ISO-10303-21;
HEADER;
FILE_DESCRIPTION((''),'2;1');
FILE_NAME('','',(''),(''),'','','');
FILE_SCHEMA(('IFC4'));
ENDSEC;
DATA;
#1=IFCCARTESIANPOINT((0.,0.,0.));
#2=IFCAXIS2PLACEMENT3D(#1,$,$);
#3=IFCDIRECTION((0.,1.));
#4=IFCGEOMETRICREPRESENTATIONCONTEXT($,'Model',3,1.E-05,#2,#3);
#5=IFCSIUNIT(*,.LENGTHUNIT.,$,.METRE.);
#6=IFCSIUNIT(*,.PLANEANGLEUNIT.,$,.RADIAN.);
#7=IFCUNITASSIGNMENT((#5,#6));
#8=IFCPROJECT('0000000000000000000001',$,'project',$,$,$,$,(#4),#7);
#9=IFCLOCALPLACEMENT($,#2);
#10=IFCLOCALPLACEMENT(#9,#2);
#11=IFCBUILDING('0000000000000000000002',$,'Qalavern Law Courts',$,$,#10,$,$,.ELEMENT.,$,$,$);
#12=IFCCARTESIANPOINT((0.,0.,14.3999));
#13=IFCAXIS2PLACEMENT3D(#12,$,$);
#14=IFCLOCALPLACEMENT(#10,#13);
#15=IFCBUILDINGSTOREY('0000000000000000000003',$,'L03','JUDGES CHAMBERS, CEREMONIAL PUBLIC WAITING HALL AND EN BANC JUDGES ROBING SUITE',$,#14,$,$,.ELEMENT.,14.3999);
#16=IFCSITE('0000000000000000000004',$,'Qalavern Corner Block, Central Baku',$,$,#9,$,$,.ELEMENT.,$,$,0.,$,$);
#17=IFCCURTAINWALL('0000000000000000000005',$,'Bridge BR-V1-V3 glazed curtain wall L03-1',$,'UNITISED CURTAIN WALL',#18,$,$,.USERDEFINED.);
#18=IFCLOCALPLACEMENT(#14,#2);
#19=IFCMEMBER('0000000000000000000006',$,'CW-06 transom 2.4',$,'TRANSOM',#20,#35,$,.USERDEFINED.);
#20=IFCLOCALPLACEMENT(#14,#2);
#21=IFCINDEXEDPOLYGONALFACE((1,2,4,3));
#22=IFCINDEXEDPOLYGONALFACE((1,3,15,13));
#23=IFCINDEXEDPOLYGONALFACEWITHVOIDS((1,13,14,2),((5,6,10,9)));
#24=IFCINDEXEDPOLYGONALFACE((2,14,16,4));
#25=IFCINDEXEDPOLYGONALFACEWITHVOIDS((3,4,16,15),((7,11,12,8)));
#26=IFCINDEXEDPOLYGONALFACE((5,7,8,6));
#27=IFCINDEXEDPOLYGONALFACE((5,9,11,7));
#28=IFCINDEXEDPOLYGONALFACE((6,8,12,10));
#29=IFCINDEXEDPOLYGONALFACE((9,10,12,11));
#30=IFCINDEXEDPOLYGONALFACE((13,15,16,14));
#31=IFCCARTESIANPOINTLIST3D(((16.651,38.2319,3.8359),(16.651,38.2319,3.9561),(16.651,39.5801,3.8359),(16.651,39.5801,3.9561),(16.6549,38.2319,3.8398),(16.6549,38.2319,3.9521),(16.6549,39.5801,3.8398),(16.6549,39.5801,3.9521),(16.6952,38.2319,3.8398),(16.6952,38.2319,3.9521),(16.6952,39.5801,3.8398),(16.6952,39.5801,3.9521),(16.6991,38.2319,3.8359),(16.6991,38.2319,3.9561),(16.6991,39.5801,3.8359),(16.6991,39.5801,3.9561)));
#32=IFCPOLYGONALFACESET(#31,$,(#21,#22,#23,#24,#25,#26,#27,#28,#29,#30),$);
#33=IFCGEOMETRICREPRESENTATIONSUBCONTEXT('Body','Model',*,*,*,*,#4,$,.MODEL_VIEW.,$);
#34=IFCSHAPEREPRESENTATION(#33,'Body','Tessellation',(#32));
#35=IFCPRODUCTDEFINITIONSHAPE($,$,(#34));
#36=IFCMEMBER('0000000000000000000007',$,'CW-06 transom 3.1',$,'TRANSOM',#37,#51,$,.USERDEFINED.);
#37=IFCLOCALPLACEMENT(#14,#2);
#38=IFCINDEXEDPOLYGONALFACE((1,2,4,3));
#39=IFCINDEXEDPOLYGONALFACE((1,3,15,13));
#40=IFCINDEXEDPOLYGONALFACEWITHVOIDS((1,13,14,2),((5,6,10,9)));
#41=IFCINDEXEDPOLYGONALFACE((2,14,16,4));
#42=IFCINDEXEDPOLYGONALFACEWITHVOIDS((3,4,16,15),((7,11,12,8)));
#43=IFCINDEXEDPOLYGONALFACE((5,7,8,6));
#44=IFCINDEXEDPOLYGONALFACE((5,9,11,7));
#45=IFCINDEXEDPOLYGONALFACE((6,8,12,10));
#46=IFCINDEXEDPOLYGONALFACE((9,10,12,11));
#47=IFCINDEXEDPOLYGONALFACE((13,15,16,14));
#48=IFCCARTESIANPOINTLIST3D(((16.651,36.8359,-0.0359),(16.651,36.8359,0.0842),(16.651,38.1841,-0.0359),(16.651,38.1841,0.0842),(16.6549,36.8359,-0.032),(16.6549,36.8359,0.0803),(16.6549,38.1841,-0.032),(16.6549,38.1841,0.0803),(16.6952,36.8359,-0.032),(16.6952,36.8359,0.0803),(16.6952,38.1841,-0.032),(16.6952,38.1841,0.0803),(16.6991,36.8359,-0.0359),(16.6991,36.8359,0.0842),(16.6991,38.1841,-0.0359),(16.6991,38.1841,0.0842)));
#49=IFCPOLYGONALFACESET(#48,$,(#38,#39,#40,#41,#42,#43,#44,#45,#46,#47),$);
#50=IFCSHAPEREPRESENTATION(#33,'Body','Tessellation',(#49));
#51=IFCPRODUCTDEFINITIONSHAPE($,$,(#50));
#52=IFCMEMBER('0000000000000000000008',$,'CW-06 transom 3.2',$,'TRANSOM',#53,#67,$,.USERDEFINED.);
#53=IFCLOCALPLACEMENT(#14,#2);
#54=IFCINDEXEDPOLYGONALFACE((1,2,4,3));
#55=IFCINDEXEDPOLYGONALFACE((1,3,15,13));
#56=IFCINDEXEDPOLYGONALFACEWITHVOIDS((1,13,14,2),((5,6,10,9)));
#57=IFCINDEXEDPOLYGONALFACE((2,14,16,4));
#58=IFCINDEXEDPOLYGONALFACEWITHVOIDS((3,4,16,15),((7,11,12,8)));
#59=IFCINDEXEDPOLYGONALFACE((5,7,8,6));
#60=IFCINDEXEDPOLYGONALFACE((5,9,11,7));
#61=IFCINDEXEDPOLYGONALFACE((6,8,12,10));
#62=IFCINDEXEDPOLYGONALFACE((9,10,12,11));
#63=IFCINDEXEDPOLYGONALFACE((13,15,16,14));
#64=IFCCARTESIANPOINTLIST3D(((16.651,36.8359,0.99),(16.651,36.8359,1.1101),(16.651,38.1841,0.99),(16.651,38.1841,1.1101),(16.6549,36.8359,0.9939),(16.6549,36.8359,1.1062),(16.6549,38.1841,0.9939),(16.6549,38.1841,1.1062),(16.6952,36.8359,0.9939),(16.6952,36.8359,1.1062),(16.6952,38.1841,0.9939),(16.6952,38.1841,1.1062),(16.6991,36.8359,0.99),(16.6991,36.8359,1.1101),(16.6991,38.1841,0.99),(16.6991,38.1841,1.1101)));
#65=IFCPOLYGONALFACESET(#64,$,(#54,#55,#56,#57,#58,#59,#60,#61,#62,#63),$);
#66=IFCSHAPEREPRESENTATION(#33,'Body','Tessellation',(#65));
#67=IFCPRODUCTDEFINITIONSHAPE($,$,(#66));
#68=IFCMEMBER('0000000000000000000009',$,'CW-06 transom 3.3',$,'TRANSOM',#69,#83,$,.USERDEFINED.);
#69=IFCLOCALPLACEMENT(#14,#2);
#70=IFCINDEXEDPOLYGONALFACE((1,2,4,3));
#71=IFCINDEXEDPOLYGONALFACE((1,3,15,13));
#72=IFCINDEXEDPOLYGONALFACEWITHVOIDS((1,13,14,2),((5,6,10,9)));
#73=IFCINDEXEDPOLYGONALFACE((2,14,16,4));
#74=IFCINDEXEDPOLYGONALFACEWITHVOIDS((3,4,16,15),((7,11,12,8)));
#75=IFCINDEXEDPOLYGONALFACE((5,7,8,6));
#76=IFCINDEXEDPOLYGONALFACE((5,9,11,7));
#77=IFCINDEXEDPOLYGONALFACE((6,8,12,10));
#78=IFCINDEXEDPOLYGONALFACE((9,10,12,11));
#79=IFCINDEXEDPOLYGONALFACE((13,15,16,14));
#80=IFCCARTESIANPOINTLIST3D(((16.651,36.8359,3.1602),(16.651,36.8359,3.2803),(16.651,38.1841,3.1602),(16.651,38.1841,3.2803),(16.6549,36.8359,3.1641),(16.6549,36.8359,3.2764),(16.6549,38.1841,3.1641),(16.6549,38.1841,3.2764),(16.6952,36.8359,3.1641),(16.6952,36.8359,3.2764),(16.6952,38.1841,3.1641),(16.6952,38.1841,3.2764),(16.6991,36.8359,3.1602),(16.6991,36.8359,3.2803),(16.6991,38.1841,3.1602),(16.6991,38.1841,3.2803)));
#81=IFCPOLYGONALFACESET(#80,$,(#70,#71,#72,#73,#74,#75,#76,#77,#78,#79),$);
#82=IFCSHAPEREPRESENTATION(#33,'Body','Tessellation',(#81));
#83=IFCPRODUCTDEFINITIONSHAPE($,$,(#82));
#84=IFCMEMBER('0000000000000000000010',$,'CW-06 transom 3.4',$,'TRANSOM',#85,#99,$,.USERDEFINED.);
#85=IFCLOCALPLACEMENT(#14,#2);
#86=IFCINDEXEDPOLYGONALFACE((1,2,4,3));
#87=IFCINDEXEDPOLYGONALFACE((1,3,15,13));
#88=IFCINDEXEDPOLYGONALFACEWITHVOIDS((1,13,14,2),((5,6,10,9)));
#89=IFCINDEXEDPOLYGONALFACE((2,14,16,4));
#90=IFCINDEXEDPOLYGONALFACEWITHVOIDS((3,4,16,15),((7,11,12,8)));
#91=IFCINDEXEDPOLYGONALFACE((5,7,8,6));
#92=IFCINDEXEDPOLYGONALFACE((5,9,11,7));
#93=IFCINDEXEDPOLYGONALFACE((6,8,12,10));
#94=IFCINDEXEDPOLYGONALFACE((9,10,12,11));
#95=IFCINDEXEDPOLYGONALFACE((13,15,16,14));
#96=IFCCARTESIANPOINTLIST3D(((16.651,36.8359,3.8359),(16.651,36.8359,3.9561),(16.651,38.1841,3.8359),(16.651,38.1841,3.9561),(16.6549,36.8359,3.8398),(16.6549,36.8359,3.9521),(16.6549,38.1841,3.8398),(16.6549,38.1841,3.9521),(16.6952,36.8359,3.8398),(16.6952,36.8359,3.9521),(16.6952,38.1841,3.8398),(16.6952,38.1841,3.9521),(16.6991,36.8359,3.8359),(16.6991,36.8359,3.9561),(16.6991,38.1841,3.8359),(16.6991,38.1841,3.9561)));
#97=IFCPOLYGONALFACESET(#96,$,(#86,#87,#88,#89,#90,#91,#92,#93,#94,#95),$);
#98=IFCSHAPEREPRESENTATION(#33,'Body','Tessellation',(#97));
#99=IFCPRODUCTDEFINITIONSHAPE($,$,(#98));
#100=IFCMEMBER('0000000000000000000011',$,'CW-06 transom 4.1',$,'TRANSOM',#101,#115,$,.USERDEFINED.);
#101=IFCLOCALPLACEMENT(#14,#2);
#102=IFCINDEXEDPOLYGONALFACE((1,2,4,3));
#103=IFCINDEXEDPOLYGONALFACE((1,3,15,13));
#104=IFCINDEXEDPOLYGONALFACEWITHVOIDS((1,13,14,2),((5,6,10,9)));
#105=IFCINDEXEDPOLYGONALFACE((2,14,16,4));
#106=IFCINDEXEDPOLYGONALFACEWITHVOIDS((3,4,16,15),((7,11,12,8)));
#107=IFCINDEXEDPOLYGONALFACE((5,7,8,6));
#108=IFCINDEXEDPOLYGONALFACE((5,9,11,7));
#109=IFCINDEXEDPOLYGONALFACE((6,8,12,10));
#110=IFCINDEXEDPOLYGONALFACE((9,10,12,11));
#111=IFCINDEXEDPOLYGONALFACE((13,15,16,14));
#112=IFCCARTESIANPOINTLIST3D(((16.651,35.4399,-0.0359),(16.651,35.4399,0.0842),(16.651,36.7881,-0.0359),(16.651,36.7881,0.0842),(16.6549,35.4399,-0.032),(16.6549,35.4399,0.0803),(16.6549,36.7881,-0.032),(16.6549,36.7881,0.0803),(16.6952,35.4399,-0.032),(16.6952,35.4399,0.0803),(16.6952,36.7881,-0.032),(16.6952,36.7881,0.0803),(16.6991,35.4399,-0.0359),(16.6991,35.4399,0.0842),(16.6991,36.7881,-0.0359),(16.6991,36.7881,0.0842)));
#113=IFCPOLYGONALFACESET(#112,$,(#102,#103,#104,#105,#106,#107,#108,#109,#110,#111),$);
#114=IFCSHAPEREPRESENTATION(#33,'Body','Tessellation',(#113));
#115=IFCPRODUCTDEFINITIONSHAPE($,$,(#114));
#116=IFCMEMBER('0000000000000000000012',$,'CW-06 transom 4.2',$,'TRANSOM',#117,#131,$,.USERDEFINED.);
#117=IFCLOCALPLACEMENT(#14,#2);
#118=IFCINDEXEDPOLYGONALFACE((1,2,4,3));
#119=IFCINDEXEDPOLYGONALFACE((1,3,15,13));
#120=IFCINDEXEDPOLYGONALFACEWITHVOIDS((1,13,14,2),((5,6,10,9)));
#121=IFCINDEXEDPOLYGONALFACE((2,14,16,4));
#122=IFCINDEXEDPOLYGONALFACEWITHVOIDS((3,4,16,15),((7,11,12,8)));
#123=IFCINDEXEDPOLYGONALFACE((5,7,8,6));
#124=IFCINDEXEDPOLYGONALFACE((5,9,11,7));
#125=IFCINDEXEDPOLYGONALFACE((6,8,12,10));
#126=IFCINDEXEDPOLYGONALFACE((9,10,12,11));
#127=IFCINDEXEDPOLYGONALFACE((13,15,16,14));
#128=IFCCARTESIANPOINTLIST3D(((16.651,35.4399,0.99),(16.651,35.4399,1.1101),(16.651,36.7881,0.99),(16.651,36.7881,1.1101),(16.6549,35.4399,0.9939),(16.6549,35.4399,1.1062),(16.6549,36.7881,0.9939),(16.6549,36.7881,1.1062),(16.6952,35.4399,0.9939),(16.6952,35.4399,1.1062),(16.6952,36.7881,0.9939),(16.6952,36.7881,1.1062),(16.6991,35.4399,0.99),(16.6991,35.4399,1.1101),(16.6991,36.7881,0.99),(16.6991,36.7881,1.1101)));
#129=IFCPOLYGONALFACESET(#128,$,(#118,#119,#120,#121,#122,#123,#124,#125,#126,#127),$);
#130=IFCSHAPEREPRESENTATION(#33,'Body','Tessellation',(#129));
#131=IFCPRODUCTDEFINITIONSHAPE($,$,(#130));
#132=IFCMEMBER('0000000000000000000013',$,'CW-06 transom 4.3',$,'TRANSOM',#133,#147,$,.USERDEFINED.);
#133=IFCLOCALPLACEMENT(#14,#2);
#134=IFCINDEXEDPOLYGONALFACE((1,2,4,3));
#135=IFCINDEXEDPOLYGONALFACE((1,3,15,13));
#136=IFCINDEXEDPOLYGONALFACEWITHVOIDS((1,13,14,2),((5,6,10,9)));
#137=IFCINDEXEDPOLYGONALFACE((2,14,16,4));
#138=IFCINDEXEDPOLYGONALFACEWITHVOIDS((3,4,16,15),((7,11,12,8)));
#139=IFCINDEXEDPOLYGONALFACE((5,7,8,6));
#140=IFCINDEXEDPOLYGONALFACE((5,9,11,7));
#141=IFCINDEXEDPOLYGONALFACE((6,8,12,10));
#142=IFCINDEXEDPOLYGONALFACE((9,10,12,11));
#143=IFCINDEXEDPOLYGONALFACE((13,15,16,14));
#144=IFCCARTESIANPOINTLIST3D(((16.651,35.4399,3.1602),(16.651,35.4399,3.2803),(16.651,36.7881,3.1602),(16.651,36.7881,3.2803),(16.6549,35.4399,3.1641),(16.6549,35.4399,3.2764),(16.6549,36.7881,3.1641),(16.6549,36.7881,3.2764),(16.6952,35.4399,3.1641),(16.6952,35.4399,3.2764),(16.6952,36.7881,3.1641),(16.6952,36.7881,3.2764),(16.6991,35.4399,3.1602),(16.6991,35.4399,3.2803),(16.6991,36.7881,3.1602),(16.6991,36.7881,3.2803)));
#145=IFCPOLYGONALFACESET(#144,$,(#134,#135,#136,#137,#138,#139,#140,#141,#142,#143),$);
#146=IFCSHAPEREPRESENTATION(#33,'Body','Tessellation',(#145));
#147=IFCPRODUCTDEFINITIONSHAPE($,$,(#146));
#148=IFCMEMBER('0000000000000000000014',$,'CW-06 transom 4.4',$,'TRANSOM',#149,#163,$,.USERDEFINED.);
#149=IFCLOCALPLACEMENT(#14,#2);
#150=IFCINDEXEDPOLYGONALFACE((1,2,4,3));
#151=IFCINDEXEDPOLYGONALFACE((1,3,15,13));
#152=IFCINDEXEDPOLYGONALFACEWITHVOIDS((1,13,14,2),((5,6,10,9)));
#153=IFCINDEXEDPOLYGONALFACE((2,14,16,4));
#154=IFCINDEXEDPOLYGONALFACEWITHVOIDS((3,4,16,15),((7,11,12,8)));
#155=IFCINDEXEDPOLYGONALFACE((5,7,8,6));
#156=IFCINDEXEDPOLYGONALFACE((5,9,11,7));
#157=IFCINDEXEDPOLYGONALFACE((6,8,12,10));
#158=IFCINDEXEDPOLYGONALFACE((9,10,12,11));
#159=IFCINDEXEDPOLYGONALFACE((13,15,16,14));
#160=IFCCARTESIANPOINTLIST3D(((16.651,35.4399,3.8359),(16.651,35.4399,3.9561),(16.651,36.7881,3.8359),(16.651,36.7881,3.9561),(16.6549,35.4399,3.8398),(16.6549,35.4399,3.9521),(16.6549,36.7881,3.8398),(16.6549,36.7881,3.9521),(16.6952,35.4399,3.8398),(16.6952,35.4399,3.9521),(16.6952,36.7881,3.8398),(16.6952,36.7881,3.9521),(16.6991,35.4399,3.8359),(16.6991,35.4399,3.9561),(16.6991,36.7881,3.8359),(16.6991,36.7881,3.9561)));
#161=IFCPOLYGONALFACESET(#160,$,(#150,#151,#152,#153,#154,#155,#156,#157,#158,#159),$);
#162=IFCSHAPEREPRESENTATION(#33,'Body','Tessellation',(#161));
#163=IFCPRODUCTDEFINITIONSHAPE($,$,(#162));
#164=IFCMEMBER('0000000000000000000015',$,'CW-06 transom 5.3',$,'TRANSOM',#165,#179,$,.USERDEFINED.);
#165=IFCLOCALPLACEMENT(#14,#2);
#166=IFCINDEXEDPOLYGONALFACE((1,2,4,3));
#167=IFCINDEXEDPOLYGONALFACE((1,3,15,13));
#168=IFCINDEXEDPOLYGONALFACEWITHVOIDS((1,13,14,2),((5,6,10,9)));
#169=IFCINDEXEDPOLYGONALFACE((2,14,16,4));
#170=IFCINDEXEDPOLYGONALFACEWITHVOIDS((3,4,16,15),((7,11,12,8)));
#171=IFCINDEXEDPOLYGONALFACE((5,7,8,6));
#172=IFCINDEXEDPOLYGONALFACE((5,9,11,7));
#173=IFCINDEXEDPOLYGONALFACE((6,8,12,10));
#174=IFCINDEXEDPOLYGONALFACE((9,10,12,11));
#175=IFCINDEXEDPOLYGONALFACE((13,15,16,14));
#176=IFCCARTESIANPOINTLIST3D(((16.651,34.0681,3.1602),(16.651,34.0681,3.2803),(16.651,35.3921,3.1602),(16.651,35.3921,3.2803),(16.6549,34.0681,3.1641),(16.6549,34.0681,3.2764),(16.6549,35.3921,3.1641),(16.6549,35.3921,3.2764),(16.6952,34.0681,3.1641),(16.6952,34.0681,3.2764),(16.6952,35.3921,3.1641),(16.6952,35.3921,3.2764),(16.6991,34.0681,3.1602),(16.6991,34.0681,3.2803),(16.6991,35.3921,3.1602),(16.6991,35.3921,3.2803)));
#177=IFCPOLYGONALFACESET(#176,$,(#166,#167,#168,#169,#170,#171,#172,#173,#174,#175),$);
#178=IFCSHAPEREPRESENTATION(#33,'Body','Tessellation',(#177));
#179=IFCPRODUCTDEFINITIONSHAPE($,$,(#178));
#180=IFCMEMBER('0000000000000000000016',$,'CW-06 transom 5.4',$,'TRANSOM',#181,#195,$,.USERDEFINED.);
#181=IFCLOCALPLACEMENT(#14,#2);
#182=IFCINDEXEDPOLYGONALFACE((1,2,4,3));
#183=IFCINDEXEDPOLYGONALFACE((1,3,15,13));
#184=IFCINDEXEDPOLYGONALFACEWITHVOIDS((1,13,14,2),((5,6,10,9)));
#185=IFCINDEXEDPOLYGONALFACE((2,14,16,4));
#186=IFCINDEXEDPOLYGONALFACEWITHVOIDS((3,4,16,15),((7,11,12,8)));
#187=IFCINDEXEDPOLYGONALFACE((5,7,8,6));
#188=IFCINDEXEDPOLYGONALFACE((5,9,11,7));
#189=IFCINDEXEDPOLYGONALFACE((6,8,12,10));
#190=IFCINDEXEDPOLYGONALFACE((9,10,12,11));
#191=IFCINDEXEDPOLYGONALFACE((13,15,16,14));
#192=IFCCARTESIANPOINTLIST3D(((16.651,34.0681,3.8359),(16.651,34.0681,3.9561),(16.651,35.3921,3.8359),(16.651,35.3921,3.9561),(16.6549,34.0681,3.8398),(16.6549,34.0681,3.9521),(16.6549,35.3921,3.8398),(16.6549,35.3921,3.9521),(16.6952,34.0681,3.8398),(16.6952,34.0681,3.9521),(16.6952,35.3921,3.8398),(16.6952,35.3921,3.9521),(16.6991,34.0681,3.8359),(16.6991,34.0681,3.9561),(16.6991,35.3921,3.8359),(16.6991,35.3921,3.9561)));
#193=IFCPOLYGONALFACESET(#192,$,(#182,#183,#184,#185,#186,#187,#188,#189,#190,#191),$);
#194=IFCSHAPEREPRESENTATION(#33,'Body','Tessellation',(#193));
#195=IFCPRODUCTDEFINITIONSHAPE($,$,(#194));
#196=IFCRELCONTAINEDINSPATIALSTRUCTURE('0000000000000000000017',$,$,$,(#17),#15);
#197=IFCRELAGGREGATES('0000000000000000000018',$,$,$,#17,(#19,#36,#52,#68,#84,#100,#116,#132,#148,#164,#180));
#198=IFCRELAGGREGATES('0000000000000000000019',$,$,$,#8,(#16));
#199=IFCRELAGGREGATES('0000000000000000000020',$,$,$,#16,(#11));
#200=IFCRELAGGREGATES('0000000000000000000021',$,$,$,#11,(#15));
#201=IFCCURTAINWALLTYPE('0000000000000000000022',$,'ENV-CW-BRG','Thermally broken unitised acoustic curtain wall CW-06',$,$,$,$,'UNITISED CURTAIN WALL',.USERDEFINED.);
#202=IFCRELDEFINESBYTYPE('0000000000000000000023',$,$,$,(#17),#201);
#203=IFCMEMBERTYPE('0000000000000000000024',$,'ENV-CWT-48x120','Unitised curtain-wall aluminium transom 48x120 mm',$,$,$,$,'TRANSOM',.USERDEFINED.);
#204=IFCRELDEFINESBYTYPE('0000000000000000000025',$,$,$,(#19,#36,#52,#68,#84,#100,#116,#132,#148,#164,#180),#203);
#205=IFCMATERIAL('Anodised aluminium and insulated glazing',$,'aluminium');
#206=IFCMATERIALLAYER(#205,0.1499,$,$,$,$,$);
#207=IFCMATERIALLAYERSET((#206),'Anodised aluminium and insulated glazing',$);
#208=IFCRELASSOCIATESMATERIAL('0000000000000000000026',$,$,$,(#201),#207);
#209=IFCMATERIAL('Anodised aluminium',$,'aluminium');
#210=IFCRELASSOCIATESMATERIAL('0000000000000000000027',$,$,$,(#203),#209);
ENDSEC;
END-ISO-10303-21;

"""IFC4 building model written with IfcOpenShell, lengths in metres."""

from ifc_helpers import new_model, si_unit, direction, frame, origin, origin_2d, place, context, subcontext, project, spatial, hollow_rectangle, extrude, material, layer, layer_set, material_profile, profile_set, type_object, element, aggregate, save


model = new_model("IFC4")

# Units and contexts
model_context = context("Model", 3, precision=1e-05, world=origin(), true_north=direction((0.0, 1.0)))
body_context = subcontext(model_context, "Body", "Model", "MODEL_VIEW")
ifc_project = project(units=[si_unit("LENGTHUNIT", "METRE"), si_unit("PLANEANGLEUNIT", "RADIAN")], contexts=[model_context])

# Site, building, storey
site_placement = place(None, origin())
site = spatial("IfcSite", under=ifc_project, at=site_placement, Name="Qalavern Corner Block, Central Baku", CompositionType="ELEMENT", RefElevation=0.0)
building_placement = place(site_placement, origin())
building = spatial("IfcBuilding", under=site, at=building_placement, Name="Qalavern Law Courts", CompositionType="ELEMENT")
storey_placement = place(building_placement, frame((0.0, 0.0, 14.3999)))
storey = spatial("IfcBuildingStorey", under=building, at=storey_placement, Name="L03", Description="JUDGES CHAMBERS, CEREMONIAL PUBLIC WAITING HALL AND EN BANC JUDGES ROBING SUITE", CompositionType="ELEMENT", Elevation=14.3999)

# Shared definitions
ifc_material_1 = material(Name="Anodised aluminium and insulated glazing", Category="aluminium")
ifc_material_2 = material(Name="Anodised aluminium", Category="aluminium")

# Curtain wall
ifc_layer_1 = layer(ifc_material_1, 0.1499)
ifc_layer_set_1 = layer_set([ifc_layer_1], Name="Anodised aluminium and insulated glazing")
curtain_wall_type_1 = type_object("IfcCurtainWallType", Name="ENV-CW-BRG", Description="Thermally broken unitised acoustic curtain wall CW-06", ElementType="UNITISED CURTAIN WALL", PredefinedType="USERDEFINED", material=ifc_layer_set_1)
curtain_wall_1_placement = place(storey_placement, origin())
curtain_wall_1 = element("IfcCurtainWall", 1, at=curtain_wall_1_placement, inside=storey, type_object=curtain_wall_type_1, Name="Bridge BR-V1-V3 glazed curtain wall L03-1", ObjectType="UNITISED CURTAIN WALL", PredefinedType="USERDEFINED")

# Members
ifc_material_profile_1 = material_profile(ifc_material_2, hollow_rectangle(XDim=0.0481, YDim=0.1201, WallThickness=0.0039, at=origin_2d()), Name="ALU TRANSOM 48x120")
ifc_profile_set_1 = profile_set([ifc_material_profile_1], Name="Anodised aluminium")
member_type_1 = type_object("IfcMemberType", Name="ENV-CWT-48x120", Description="Unitised curtain-wall aluminium transom 48x120 mm", ElementType="TRANSOM", PredefinedType="USERDEFINED", material=ifc_profile_set_1)
member_1_placement = place(storey_placement, frame((16.675, 39.5801, 3.896), z_axis=(0.0, -1.0, 0.0), x_axis=(1.0, 0.0, 0.0)))
member_1 = element("IfcMember", 2, at=member_1_placement, type_object=member_type_1, Name="CW-06 transom 2.4", ObjectType="TRANSOM", PredefinedType="USERDEFINED", context=body_context, shape_type="SweptSolid", body=[
    extrude(hollow_rectangle(XDim=0.0481, YDim=0.1201, WallThickness=0.0039, at=origin_2d()), origin(), (0.0, 0.0, 1.0), 1.3481),
])
member_2_placement = place(storey_placement, frame((16.675, 38.1841, 0.0242), z_axis=(0.0, -1.0, 0.0), x_axis=(1.0, 0.0, 0.0)))
member_2 = element("IfcMember", 3, at=member_2_placement, type_object=member_type_1, Name="CW-06 transom 3.1", ObjectType="TRANSOM", PredefinedType="USERDEFINED", context=body_context, shape_type="SweptSolid", body=[
    extrude(hollow_rectangle(XDim=0.0481, YDim=0.1201, WallThickness=0.0039, at=origin_2d()), origin(), (0.0, 0.0, 1.0), 1.3481),
])
member_3_placement = place(storey_placement, frame((16.675, 38.1841, 1.05), z_axis=(0.0, -1.0, 0.0), x_axis=(1.0, 0.0, 0.0)))
member_3 = element("IfcMember", 4, at=member_3_placement, type_object=member_type_1, Name="CW-06 transom 3.2", ObjectType="TRANSOM", PredefinedType="USERDEFINED", context=body_context, shape_type="SweptSolid", body=[
    extrude(hollow_rectangle(XDim=0.0481, YDim=0.1201, WallThickness=0.0039, at=origin_2d()), origin(), (0.0, 0.0, 1.0), 1.3481),
])
member_4_placement = place(storey_placement, frame((16.675, 38.1841, 3.2202), z_axis=(0.0, -1.0, 0.0), x_axis=(1.0, 0.0, 0.0)))
member_4 = element("IfcMember", 5, at=member_4_placement, type_object=member_type_1, Name="CW-06 transom 3.3", ObjectType="TRANSOM", PredefinedType="USERDEFINED", context=body_context, shape_type="SweptSolid", body=[
    extrude(hollow_rectangle(XDim=0.0481, YDim=0.1201, WallThickness=0.0039, at=origin_2d()), origin(), (0.0, 0.0, 1.0), 1.3481),
])
member_5_placement = place(storey_placement, frame((16.675, 38.1841, 3.896), z_axis=(0.0, -1.0, 0.0), x_axis=(1.0, 0.0, 0.0)))
member_5 = element("IfcMember", 6, at=member_5_placement, type_object=member_type_1, Name="CW-06 transom 3.4", ObjectType="TRANSOM", PredefinedType="USERDEFINED", context=body_context, shape_type="SweptSolid", body=[
    extrude(hollow_rectangle(XDim=0.0481, YDim=0.1201, WallThickness=0.0039, at=origin_2d()), origin(), (0.0, 0.0, 1.0), 1.3481),
])
member_6_placement = place(storey_placement, frame((16.675, 36.7881, 0.0242), z_axis=(0.0, -1.0, 0.0), x_axis=(1.0, 0.0, 0.0)))
member_6 = element("IfcMember", 7, at=member_6_placement, type_object=member_type_1, Name="CW-06 transom 4.1", ObjectType="TRANSOM", PredefinedType="USERDEFINED", context=body_context, shape_type="SweptSolid", body=[
    extrude(hollow_rectangle(XDim=0.0481, YDim=0.1201, WallThickness=0.0039, at=origin_2d()), origin(), (0.0, 0.0, 1.0), 1.3481),
])
member_7_placement = place(storey_placement, frame((16.675, 36.7881, 1.05), z_axis=(0.0, -1.0, 0.0), x_axis=(1.0, 0.0, 0.0)))
member_7 = element("IfcMember", 8, at=member_7_placement, type_object=member_type_1, Name="CW-06 transom 4.2", ObjectType="TRANSOM", PredefinedType="USERDEFINED", context=body_context, shape_type="SweptSolid", body=[
    extrude(hollow_rectangle(XDim=0.0481, YDim=0.1201, WallThickness=0.0039, at=origin_2d()), origin(), (0.0, 0.0, 1.0), 1.3481),
])
member_8_placement = place(storey_placement, frame((16.675, 36.7881, 3.2202), z_axis=(0.0, -1.0, 0.0), x_axis=(1.0, 0.0, 0.0)))
member_8 = element("IfcMember", 9, at=member_8_placement, type_object=member_type_1, Name="CW-06 transom 4.3", ObjectType="TRANSOM", PredefinedType="USERDEFINED", context=body_context, shape_type="SweptSolid", body=[
    extrude(hollow_rectangle(XDim=0.0481, YDim=0.1201, WallThickness=0.0039, at=origin_2d()), origin(), (0.0, 0.0, 1.0), 1.3481),
])
member_9_placement = place(storey_placement, frame((16.675, 36.7881, 3.896), z_axis=(0.0, -1.0, 0.0), x_axis=(1.0, 0.0, 0.0)))
member_9 = element("IfcMember", 10, at=member_9_placement, type_object=member_type_1, Name="CW-06 transom 4.4", ObjectType="TRANSOM", PredefinedType="USERDEFINED", context=body_context, shape_type="SweptSolid", body=[
    extrude(hollow_rectangle(XDim=0.0481, YDim=0.1201, WallThickness=0.0039, at=origin_2d()), origin(), (0.0, 0.0, 1.0), 1.3481),
])
member_10_placement = place(storey_placement, frame((16.675, 35.3921, 3.2202), z_axis=(0.0, -1.0, 0.0), x_axis=(1.0, 0.0, 0.0)))
member_10 = element("IfcMember", 11, at=member_10_placement, type_object=member_type_1, Name="CW-06 transom 5.3", ObjectType="TRANSOM", PredefinedType="USERDEFINED", context=body_context, shape_type="SweptSolid", body=[
    extrude(hollow_rectangle(XDim=0.0481, YDim=0.1201, WallThickness=0.0039, at=origin_2d()), origin(), (0.0, 0.0, 1.0), 1.324),
])
member_11_placement = place(storey_placement, frame((16.675, 35.3921, 3.896), z_axis=(0.0, -1.0, 0.0), x_axis=(1.0, 0.0, 0.0)))
member_11 = element("IfcMember", 12, at=member_11_placement, type_object=member_type_1, Name="CW-06 transom 5.4", ObjectType="TRANSOM", PredefinedType="USERDEFINED", context=body_context, shape_type="SweptSolid", body=[
    extrude(hollow_rectangle(XDim=0.0481, YDim=0.1201, WallThickness=0.0039, at=origin_2d()), origin(), (0.0, 0.0, 1.0), 1.324),
])

aggregate(curtain_wall_1, [member_1, member_2, member_3, member_4, member_5, member_6, member_7, member_8, member_9, member_10, member_11])

save(model, "model.ifc")
